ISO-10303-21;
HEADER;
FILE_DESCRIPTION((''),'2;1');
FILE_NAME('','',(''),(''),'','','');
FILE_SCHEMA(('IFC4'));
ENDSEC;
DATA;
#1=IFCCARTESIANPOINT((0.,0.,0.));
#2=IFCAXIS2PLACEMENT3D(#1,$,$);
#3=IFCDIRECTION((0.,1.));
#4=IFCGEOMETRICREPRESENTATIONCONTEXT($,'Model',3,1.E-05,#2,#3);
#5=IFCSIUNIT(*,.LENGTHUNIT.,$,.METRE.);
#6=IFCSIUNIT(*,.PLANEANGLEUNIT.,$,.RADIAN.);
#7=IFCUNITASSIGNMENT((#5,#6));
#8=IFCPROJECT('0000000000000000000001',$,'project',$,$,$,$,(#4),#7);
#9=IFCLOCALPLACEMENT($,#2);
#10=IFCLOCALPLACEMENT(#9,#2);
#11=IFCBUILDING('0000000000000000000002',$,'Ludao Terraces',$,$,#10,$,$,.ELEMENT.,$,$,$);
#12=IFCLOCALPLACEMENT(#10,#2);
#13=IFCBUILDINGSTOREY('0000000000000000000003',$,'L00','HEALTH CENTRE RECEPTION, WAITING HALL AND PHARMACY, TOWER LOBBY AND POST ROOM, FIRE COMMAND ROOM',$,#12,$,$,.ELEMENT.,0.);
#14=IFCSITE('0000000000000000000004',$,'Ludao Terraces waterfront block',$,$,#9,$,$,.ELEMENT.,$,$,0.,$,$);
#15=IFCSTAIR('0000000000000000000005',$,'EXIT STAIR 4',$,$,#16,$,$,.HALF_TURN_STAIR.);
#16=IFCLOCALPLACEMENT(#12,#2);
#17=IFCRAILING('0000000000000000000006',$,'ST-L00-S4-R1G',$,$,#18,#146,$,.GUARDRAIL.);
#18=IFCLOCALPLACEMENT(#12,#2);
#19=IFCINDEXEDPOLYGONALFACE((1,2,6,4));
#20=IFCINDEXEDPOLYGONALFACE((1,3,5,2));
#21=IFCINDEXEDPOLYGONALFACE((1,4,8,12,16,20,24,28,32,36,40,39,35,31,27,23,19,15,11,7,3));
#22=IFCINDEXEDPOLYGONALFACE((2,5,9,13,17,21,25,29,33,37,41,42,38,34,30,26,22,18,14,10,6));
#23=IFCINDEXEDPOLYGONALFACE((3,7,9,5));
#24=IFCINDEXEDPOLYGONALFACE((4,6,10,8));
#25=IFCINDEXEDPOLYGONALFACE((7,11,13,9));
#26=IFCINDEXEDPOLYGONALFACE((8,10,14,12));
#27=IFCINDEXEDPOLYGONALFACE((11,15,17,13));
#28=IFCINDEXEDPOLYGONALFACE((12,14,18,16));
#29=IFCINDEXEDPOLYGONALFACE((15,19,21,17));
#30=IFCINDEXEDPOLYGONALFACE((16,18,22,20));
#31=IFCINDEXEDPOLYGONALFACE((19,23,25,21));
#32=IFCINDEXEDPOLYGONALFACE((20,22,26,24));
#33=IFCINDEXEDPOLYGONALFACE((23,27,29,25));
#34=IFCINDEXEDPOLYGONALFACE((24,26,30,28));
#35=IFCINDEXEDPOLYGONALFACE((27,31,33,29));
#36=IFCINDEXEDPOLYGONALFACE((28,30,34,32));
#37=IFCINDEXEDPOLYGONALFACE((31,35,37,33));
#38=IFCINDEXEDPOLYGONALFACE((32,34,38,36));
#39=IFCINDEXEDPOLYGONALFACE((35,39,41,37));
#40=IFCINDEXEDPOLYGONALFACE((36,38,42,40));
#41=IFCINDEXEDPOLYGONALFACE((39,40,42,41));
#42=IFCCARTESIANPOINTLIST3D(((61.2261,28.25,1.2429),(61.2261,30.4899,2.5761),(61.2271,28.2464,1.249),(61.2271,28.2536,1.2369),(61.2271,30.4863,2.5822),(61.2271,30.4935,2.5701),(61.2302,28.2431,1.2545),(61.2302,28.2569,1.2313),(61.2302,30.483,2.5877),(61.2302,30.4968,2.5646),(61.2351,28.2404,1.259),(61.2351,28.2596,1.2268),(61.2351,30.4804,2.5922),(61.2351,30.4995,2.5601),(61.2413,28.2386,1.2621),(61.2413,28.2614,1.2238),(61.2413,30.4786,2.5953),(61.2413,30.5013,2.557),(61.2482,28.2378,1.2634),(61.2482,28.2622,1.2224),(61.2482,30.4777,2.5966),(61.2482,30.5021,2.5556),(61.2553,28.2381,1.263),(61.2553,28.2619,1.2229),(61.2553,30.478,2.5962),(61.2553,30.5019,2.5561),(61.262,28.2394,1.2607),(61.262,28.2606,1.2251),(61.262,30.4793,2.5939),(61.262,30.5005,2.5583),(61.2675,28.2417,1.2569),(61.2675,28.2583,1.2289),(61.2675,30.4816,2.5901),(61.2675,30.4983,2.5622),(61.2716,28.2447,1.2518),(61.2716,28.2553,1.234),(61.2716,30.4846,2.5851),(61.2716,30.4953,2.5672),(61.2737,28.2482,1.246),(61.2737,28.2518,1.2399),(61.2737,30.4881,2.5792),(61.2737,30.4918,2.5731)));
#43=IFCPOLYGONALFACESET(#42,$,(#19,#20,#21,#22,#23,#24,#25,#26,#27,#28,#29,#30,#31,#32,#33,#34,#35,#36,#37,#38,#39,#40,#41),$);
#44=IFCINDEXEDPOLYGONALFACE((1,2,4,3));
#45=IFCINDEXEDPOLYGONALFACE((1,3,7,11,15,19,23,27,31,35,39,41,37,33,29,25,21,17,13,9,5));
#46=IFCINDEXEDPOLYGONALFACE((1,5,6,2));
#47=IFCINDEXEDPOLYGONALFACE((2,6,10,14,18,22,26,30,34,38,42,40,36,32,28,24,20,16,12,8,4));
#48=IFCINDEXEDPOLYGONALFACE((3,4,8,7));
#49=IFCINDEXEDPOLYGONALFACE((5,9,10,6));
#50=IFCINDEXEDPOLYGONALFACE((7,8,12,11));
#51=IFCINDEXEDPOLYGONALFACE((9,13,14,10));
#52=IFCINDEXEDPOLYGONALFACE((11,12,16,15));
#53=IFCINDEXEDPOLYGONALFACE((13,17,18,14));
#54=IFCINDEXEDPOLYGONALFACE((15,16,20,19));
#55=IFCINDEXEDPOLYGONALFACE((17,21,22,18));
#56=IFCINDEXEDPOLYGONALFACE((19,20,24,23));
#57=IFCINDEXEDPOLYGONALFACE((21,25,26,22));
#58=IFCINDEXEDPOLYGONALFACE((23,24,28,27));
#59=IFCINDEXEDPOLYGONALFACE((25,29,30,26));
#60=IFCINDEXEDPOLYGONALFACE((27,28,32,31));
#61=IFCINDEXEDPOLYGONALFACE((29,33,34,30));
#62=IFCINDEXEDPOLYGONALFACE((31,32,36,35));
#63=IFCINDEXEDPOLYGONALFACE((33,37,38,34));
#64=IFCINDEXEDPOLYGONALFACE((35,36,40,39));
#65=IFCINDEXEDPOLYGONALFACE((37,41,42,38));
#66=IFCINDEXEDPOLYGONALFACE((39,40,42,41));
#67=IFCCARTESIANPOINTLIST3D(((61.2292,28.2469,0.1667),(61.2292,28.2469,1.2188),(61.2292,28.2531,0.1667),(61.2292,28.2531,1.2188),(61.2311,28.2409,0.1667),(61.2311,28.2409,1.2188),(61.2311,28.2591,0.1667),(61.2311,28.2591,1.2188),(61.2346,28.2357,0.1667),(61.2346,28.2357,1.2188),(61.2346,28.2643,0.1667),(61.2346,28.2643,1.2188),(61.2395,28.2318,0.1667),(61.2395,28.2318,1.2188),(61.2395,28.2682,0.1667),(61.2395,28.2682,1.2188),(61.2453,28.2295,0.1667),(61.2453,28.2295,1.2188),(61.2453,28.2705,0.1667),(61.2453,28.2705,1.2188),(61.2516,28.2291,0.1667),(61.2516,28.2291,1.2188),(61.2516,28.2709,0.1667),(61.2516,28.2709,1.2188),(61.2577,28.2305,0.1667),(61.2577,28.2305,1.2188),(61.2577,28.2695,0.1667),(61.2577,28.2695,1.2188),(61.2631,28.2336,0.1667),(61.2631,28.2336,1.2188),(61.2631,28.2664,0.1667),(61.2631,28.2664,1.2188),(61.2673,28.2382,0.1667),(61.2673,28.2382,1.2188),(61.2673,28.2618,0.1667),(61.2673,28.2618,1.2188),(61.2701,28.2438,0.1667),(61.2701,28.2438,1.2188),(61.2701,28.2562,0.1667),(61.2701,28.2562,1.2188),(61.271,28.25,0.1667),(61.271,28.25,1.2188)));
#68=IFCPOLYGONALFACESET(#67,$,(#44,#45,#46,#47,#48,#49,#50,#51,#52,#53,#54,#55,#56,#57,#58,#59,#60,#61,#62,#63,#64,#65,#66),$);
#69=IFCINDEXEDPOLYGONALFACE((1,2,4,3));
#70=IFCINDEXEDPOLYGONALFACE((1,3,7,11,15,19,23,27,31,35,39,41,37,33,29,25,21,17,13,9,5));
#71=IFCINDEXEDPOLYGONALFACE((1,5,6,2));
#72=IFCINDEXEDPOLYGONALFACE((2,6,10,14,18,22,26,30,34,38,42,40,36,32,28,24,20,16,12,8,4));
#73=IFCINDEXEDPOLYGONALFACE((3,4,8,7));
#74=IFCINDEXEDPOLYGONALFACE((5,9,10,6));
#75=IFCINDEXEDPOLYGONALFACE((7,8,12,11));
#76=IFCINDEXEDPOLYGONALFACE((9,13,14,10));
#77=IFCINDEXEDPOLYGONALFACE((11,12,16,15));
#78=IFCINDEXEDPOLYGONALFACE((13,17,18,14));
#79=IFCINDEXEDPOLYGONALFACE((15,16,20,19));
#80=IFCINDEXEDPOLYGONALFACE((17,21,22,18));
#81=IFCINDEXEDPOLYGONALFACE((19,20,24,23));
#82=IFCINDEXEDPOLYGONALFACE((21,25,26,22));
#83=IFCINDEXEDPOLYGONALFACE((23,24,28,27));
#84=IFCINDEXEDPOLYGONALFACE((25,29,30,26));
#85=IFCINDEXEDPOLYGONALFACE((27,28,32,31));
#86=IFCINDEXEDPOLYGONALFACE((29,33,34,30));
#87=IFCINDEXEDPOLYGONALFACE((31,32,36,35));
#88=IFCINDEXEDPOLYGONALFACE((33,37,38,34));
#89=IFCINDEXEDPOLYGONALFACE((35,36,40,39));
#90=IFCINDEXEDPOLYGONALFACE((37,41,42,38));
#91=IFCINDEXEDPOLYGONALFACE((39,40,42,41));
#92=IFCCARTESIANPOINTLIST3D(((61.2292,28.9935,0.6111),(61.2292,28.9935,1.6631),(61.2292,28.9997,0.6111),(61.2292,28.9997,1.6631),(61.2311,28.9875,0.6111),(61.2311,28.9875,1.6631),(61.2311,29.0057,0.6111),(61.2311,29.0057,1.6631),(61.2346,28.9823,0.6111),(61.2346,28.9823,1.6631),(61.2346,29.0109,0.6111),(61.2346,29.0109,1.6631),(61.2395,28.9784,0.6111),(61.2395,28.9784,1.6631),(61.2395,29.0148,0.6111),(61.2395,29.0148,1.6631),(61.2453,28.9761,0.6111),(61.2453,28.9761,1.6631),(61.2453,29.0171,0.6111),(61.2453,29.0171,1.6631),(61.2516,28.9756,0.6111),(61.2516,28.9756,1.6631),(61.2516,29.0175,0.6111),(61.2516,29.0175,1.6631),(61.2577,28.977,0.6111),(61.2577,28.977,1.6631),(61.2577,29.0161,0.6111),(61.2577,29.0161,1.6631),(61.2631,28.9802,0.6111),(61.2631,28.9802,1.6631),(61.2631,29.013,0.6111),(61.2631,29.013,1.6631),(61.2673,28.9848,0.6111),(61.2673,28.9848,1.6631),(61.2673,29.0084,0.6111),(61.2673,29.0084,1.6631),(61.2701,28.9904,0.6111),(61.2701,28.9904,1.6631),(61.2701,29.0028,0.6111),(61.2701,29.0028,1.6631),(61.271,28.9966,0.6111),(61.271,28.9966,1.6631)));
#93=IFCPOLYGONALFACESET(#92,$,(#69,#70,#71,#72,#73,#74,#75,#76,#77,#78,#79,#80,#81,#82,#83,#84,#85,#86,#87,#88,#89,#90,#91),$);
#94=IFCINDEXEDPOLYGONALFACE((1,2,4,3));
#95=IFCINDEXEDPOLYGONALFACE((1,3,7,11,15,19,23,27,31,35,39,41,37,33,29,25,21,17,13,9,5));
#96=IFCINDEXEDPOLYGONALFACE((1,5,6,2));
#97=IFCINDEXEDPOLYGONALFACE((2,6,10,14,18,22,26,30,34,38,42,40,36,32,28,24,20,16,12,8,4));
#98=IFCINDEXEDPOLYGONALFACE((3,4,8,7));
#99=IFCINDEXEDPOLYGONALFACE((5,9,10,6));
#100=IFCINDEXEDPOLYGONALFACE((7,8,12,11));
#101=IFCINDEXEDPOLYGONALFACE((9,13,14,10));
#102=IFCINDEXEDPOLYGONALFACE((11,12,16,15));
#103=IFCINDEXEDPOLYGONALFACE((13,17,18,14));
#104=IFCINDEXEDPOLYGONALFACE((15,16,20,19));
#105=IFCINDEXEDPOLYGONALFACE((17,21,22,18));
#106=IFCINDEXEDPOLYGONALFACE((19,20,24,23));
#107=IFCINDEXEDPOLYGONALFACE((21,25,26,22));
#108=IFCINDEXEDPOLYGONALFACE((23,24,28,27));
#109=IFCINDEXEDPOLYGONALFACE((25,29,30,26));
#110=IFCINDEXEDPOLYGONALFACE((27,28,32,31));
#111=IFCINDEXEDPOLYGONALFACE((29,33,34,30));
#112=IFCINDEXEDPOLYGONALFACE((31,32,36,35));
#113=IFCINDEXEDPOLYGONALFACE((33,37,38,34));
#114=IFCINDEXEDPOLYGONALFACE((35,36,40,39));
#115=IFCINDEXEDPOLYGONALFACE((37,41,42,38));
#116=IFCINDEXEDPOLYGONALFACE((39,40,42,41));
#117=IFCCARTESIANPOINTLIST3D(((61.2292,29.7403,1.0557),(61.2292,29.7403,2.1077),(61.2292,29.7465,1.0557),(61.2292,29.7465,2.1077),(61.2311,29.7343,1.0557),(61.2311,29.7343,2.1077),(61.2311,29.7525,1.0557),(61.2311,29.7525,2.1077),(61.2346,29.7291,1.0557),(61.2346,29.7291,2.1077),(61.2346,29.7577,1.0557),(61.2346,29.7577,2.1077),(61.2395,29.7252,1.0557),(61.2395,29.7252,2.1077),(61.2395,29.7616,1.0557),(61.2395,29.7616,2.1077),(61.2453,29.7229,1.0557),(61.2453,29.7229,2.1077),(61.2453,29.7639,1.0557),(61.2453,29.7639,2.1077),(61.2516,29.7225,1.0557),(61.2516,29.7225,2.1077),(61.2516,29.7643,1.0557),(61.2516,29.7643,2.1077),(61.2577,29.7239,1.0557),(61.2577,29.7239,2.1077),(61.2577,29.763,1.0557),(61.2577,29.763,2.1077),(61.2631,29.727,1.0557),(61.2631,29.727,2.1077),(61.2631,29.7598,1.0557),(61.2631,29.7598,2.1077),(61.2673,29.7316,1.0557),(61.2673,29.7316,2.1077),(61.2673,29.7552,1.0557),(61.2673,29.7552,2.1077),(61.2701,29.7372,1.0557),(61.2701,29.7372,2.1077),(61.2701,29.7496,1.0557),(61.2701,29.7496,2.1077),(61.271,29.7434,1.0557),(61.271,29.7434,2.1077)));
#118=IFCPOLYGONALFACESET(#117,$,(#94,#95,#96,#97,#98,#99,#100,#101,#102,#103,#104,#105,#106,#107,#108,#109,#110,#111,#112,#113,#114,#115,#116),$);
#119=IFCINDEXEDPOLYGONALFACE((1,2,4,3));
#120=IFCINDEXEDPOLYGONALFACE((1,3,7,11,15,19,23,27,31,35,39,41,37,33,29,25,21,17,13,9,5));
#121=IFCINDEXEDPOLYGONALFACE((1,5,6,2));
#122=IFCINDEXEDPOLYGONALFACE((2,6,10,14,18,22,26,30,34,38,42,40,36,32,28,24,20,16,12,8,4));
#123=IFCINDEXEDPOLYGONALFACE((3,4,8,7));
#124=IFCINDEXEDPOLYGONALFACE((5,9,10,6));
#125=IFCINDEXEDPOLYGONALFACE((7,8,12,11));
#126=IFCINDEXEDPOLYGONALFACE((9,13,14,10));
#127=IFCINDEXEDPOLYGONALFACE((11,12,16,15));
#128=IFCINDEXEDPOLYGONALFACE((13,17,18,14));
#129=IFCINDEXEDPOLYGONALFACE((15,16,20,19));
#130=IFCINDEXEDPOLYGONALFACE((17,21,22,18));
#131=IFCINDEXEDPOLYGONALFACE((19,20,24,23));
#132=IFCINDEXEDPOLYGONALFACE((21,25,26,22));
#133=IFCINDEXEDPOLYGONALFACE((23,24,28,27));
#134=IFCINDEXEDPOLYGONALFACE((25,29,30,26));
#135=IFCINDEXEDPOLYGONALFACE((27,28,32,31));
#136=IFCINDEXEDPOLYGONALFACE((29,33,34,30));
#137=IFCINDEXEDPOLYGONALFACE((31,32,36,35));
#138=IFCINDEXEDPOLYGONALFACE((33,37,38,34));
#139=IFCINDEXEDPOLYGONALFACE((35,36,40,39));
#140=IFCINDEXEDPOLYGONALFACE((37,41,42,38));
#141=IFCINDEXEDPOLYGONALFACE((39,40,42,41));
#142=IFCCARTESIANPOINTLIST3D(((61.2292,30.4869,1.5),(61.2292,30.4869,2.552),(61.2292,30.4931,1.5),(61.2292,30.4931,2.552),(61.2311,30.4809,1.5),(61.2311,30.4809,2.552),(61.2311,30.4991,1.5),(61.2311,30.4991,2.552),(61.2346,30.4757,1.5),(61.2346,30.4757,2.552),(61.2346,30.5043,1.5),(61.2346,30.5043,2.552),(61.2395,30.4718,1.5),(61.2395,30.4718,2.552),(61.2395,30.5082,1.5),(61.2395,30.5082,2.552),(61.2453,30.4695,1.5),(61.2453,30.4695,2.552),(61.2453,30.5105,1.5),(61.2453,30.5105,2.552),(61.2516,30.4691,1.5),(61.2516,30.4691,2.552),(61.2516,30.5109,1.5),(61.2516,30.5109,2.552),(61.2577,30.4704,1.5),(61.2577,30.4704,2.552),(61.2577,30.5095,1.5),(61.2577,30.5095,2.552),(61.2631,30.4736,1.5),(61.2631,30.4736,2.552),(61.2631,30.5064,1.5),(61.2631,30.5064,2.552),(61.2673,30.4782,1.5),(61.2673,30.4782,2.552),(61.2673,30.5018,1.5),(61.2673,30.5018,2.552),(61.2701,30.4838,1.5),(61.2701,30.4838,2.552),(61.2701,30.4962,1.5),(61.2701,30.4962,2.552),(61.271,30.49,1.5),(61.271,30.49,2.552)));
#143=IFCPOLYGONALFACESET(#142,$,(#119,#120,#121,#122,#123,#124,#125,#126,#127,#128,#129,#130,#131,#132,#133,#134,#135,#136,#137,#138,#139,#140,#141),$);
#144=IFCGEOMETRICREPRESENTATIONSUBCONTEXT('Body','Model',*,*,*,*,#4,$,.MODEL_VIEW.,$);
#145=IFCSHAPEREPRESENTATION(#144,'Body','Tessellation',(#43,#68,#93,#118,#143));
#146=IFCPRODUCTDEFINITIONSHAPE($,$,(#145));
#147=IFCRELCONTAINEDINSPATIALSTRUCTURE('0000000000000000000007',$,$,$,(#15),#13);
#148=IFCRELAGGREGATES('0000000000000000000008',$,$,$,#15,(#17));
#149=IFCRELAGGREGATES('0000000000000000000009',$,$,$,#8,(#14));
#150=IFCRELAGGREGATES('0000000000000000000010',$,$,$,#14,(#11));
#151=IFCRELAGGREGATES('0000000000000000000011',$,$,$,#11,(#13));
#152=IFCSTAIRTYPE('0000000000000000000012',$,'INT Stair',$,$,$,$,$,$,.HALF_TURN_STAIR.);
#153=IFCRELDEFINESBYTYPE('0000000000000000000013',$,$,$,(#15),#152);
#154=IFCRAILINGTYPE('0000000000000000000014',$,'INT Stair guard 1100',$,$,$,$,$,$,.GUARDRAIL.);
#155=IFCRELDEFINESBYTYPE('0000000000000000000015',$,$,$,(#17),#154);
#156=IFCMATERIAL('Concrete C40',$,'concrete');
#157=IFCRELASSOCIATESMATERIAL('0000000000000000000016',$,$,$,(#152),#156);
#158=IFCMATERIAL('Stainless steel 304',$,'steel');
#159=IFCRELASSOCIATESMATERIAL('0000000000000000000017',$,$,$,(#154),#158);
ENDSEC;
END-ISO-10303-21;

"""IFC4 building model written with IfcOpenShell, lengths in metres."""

from ifc_helpers import new_model, si_unit, direction, frame, origin, origin_2d, place, context, subcontext, project, spatial, circle, extrude, material, type_object, element, aggregate, save


model = new_model("IFC4")

# Units and contexts
model_context = context("Model", 3, precision=1e-05, world=origin(), true_north=direction((0.0, 1.0)))
body_context = subcontext(model_context, "Body", "Model", "MODEL_VIEW")
ifc_project = project(units=[si_unit("LENGTHUNIT", "METRE"), si_unit("PLANEANGLEUNIT", "RADIAN")], contexts=[model_context])

# Site, building, storey
site_placement = place(None, origin())
site = spatial("IfcSite", under=ifc_project, at=site_placement, Name="Ludao Terraces waterfront block", CompositionType="ELEMENT", RefElevation=0.0)
building_placement = place(site_placement, origin())
building = spatial("IfcBuilding", under=site, at=building_placement, Name="Ludao Terraces", CompositionType="ELEMENT")
storey_placement = place(building_placement, origin())
storey = spatial("IfcBuildingStorey", under=building, at=storey_placement, Name="L00", Description="HEALTH CENTRE RECEPTION, WAITING HALL AND PHARMACY, TOWER LOBBY AND POST ROOM, FIRE COMMAND ROOM", CompositionType="ELEMENT", Elevation=0.0)

# Shared definitions
ifc_material_1 = material(Name="Concrete C40", Category="concrete")

# Stair, railing
stair_type = type_object("IfcStairType", Name="INT Stair", PredefinedType="HALF_TURN_STAIR", material=ifc_material_1)
stair_placement = place(storey_placement, origin())
stair = element("IfcStair", 1, at=stair_placement, inside=storey, type_object=stair_type, Name="EXIT STAIR 4", PredefinedType="HALF_TURN_STAIR")
ifc_material_2 = material(Name="Stainless steel 304", Category="steel")
railing_type_1 = type_object("IfcRailingType", Name="INT Stair guard 1100", PredefinedType="GUARDRAIL", material=ifc_material_2)
railing_1_placement = place(storey_placement, frame((61.25, 28.25, 0.1667)))
railing_1 = element("IfcRailing", 2, at=railing_1_placement, type_object=railing_type_1, Name="ST-L00-S4-R1G", PredefinedType="GUARDRAIL", context=body_context, shape_type="SweptSolid", body=[
    extrude(circle(Radius=0.0239, at=origin_2d()), frame((0.0, 0.0, 1.0762), z_axis=(0.0, 0.859306, 0.511462), x_axis=(-1.0, 0.0, 0.0)), (0.0, 0.0, 1.0), 2.6067),
    extrude(circle(Radius=0.021, at=origin_2d()), origin(), (0.0, 0.0, 1.0), 1.052),
    extrude(circle(Radius=0.021, at=origin_2d()), frame((0.0, 0.7466, 0.4443)), (0.0, 0.0, 1.0), 1.052),
    extrude(circle(Radius=0.021, at=origin_2d()), frame((0.0, 1.4934, 0.8889)), (0.0, 0.0, 1.0), 1.052),
    extrude(circle(Radius=0.021, at=origin_2d()), frame((0.0, 2.24, 1.3333)), (0.0, 0.0, 1.0), 1.052),
])
aggregate(stair, [railing_1])

save(model, "model.ifc")
